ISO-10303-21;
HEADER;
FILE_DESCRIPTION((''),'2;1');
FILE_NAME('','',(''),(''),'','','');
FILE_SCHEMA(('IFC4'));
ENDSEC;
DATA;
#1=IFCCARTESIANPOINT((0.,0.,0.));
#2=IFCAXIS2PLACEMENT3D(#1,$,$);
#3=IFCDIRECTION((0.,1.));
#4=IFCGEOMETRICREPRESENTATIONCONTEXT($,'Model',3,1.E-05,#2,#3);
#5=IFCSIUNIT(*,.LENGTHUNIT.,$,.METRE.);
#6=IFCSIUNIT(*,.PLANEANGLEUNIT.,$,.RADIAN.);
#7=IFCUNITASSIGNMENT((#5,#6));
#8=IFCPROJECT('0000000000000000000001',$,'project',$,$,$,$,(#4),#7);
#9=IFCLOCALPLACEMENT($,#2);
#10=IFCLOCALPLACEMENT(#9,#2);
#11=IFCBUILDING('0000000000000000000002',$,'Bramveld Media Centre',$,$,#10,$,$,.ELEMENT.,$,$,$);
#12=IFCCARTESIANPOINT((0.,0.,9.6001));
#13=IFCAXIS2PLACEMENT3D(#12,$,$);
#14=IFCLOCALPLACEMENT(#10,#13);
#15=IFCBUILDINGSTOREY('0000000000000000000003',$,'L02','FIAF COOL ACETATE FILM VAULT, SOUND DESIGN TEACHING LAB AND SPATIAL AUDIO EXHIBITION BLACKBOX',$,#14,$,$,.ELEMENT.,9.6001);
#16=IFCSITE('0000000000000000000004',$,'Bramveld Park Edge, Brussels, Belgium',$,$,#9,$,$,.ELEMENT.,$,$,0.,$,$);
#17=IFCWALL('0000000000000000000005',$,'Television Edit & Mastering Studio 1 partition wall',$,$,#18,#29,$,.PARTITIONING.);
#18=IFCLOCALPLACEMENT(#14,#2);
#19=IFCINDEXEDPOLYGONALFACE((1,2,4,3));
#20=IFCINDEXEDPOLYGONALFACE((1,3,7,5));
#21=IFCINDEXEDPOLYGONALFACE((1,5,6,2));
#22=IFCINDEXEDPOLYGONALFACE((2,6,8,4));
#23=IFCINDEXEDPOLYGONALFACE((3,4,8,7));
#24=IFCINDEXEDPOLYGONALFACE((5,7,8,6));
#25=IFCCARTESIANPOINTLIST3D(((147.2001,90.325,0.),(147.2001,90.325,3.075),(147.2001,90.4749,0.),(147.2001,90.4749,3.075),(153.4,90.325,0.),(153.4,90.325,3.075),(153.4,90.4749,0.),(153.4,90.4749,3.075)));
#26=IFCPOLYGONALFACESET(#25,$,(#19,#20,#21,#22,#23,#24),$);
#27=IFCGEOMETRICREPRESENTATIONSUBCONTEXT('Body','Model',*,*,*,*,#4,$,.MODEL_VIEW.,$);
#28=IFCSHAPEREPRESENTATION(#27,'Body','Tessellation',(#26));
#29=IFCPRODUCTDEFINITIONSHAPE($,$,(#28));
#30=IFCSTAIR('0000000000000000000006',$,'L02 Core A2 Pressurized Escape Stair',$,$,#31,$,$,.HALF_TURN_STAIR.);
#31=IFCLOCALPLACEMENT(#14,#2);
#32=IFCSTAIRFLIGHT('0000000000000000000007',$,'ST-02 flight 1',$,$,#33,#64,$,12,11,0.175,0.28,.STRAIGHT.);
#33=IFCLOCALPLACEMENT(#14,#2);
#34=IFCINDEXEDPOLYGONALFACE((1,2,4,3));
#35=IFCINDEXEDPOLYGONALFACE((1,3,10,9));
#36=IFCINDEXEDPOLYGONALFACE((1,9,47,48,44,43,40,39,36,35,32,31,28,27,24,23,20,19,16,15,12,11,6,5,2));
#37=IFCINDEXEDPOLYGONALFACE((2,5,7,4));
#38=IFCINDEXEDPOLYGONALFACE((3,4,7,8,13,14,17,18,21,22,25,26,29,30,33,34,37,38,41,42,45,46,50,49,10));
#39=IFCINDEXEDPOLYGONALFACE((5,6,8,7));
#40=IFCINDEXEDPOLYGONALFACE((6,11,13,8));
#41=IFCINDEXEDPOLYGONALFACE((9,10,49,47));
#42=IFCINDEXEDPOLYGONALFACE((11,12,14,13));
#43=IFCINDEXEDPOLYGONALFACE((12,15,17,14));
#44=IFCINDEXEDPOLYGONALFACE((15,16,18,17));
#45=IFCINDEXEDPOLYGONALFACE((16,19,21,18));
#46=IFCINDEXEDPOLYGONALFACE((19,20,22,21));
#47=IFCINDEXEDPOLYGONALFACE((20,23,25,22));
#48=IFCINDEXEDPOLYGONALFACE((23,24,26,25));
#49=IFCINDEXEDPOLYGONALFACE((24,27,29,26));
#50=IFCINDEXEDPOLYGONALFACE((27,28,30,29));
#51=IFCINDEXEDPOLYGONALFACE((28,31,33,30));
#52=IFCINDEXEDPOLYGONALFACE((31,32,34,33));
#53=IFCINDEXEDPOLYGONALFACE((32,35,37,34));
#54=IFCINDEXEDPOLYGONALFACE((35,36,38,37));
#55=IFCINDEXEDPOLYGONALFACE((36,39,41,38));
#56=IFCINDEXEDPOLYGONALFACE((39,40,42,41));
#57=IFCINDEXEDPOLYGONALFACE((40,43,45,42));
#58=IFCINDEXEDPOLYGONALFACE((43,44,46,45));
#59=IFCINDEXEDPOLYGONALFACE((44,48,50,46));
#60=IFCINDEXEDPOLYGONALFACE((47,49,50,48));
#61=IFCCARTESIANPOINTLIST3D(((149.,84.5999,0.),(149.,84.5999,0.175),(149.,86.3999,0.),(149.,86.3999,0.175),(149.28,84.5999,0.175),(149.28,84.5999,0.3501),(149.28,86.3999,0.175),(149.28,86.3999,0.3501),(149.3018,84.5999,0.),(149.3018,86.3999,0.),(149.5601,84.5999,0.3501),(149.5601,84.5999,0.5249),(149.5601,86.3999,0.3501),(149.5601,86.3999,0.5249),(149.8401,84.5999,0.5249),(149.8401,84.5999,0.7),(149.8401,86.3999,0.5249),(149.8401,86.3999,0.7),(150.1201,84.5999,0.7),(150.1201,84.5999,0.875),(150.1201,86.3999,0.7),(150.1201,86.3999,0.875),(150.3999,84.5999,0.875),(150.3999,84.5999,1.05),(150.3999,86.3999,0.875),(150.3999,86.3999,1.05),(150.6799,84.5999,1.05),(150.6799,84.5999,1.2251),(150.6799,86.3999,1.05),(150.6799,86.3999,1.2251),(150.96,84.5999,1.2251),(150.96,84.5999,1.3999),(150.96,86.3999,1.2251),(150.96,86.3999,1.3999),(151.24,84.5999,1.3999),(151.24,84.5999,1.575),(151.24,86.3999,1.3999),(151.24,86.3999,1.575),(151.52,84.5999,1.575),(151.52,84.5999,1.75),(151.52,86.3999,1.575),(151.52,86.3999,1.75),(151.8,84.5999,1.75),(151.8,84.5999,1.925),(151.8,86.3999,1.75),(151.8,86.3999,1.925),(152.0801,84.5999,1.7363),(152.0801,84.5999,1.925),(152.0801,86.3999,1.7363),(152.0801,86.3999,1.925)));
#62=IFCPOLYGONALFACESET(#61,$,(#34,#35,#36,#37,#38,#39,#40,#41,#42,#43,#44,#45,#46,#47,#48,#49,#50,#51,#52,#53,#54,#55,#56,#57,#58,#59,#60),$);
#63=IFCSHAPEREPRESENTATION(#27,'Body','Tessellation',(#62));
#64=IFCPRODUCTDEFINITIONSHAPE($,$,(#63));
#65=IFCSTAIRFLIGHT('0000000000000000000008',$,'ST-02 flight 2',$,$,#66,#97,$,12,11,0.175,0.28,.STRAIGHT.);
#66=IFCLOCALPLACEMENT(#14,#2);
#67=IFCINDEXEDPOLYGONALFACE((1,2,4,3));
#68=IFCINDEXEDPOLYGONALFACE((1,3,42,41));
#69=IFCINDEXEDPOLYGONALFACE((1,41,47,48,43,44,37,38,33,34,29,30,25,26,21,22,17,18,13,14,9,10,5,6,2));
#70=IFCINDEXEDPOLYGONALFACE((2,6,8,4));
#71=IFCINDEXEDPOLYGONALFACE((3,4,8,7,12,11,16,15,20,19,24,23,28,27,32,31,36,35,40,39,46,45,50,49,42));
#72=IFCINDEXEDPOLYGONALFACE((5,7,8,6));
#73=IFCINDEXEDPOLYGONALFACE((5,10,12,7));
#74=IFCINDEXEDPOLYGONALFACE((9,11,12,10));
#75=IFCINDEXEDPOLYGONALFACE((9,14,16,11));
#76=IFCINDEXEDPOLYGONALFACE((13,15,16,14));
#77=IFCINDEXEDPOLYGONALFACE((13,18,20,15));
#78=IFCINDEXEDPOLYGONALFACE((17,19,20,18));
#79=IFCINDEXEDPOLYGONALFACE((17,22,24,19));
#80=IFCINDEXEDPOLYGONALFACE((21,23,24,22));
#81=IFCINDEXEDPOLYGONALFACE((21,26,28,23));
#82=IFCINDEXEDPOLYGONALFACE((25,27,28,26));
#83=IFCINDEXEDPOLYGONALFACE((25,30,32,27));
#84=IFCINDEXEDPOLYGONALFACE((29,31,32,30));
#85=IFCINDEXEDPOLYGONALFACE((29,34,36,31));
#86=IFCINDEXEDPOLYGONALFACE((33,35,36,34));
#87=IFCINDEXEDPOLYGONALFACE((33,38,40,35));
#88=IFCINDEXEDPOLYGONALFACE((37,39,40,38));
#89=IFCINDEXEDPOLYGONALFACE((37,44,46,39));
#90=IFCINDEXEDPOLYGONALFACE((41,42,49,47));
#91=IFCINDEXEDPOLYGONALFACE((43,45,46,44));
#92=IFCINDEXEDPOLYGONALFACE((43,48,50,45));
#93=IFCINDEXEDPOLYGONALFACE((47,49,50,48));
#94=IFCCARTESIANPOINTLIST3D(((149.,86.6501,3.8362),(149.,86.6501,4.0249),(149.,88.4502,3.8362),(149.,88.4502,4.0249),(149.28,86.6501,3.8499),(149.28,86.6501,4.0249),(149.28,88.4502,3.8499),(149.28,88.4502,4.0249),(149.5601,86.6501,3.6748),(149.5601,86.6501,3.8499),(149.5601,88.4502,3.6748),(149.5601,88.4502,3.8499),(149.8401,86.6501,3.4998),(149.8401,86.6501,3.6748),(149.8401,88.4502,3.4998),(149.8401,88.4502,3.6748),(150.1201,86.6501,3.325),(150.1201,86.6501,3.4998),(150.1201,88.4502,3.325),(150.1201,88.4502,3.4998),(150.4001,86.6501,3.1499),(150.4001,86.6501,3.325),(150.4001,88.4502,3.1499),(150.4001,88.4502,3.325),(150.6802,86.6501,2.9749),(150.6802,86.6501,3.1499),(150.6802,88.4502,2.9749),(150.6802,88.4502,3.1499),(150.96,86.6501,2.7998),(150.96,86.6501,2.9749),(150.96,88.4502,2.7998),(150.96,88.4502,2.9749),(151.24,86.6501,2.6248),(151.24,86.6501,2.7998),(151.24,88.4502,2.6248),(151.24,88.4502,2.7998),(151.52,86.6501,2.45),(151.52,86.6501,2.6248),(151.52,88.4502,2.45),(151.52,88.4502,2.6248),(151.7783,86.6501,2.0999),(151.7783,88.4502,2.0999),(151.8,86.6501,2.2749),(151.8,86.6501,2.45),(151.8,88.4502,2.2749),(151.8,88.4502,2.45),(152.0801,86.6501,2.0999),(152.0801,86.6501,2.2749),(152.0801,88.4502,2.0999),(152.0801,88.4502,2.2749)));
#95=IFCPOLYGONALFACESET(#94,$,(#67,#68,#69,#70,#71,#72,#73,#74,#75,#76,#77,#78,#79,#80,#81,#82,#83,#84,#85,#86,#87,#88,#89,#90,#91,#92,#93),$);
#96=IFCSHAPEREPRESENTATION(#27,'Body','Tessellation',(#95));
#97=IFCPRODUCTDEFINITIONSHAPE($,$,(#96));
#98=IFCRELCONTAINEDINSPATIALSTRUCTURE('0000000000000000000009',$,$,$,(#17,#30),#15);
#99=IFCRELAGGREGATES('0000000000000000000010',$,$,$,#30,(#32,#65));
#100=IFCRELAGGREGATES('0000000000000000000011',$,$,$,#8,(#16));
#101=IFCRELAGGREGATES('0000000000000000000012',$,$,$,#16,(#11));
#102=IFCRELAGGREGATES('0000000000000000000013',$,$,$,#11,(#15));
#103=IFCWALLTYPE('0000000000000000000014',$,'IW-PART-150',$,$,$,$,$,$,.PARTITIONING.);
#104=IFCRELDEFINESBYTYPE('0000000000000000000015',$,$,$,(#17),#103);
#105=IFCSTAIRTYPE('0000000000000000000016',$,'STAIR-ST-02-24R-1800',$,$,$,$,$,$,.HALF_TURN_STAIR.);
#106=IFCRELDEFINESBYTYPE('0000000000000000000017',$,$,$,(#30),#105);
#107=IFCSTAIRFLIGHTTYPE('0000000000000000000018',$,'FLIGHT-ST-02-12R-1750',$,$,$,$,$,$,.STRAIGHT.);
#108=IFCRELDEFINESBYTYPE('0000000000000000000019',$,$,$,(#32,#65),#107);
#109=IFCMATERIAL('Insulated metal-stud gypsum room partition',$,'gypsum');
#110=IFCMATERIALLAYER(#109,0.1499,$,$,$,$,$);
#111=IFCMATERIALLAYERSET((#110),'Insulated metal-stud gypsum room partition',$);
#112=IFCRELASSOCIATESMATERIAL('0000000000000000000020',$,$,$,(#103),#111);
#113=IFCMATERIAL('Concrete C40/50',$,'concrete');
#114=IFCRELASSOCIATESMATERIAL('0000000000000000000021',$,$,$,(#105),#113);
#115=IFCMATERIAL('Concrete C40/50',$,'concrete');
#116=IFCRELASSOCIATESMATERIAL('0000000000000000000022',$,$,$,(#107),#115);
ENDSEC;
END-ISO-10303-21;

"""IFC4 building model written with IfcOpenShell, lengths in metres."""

from ifc_helpers import new_model, si_unit, direction, frame, frame_2d, origin, place, context, subcontext, project, spatial, polyline, rectangle, outline, extrude, material, layer, layer_set, type_object, element, aggregate, save


model = new_model("IFC4")

# Units and contexts
model_context = context("Model", 3, precision=1e-05, world=origin(), true_north=direction((0.0, 1.0)))
body_context = subcontext(model_context, "Body", "Model", "MODEL_VIEW")
ifc_project = project(units=[si_unit("LENGTHUNIT", "METRE"), si_unit("PLANEANGLEUNIT", "RADIAN")], contexts=[model_context])

# Site, building, storey
site_placement = place(None, origin())
site = spatial("IfcSite", under=ifc_project, at=site_placement, Name="Bramveld Park Edge, Brussels, Belgium", CompositionType="ELEMENT", RefElevation=0.0)
building_placement = place(site_placement, origin())
building = spatial("IfcBuilding", under=site, at=building_placement, Name="Bramveld Media Centre", CompositionType="ELEMENT")
storey_placement = place(building_placement, frame((0.0, 0.0, 9.6001)))
storey = spatial("IfcBuildingStorey", under=building, at=storey_placement, Name="L02", Description="FIAF COOL ACETATE FILM VAULT, SOUND DESIGN TEACHING LAB AND SPATIAL AUDIO EXHIBITION BLACKBOX", CompositionType="ELEMENT", Elevation=9.6001)

# Wall
ifc_material_1 = material(Name="Insulated metal-stud gypsum room partition", Category="gypsum")
ifc_layer_1 = layer(ifc_material_1, 0.1499)
ifc_layer_set_1 = layer_set([ifc_layer_1], Name="Insulated metal-stud gypsum room partition")
wall_type_1 = type_object("IfcWallType", Name="IW-PART-150", PredefinedType="PARTITIONING", material=ifc_layer_set_1)
wall_1_placement = place(storey_placement, frame((147.2, 90.3999, 0.0), z_axis=(0.0, 0.0, 1.0), x_axis=(1.0, 0.0, 0.0)))
element("IfcWall", 1, at=wall_1_placement, inside=storey, type_object=wall_type_1, Name="Television Edit & Mastering Studio 1 partition wall", PredefinedType="PARTITIONING", context=body_context, shape_type="SweptSolid", body=[
    extrude(rectangle(XDim=6.2, YDim=0.1499, at=frame_2d((3.1001, 0.0))), origin(), (0.0, 0.0, 1.0), 3.075),
])

# Stair, stair flights
ifc_material_2 = material(Name="Concrete C40/50", Category="concrete")
stair_type = type_object("IfcStairType", Name="STAIR-ST-02-24R-1800", PredefinedType="HALF_TURN_STAIR", material=ifc_material_2)
stair_placement = place(storey_placement, origin())
stair = element("IfcStair", 2, at=stair_placement, inside=storey, type_object=stair_type, Name="L02 Core A2 Pressurized Escape Stair", PredefinedType="HALF_TURN_STAIR")
ifc_material_3 = material(Name="Concrete C40/50", Category="concrete")
stair_flight_type = type_object("IfcStairFlightType", Name="FLIGHT-ST-02-12R-1750", PredefinedType="STRAIGHT", material=ifc_material_3)
stair_flight_1_placement = place(storey_placement, frame((149.0, 85.5, 0.0), z_axis=(0.0, 0.0, 1.0), x_axis=(1.0, 0.0, 0.0)))
stair_flight_1 = element("IfcStairFlight", 3, at=stair_flight_1_placement, type_object=stair_flight_type, Name="ST-02 flight 1", NumberOfRisers=12, NumberOfTreads=11, PredefinedType="STRAIGHT", RiserHeight=0.175, TreadLength=0.28, context=body_context, shape_type="SweptSolid", body=[
    extrude(outline(polyline([(0.0, 0.0), (0.0, 0.175), (0.28, 0.175), (0.28, 0.3501), (0.5601, 0.3501), (0.5601, 0.5249), (0.8401, 0.5249), (0.8401, 0.7), (1.1201, 0.7), (1.1201, 0.875), (1.3999, 0.875), (1.3999, 1.05), (1.6799, 1.05), (1.6799, 1.2251), (1.96, 1.2251), (1.96, 1.3999), (2.24, 1.3999), (2.24, 1.575), (2.52, 1.575), (2.52, 1.75), (2.8, 1.75), (2.8, 1.925), (3.0801, 1.925), (3.0801, 2.1001), (3.0801, 1.7363), (0.3018, 0.0), (0.0, 0.0)])), frame((0.0, 0.8999, 0.0), z_axis=(0.0, -1.0, 0.0), x_axis=(1.0, 0.0, 0.0)), (0.0, 0.0, 1.0), 1.8),
])
stair_flight_2_placement = place(storey_placement, frame((152.0801, 87.55, 2.0999), z_axis=(0.0, 0.0, 1.0), x_axis=(-1.0, 0.0, 0.0)))
stair_flight_2 = element("IfcStairFlight", 4, at=stair_flight_2_placement, type_object=stair_flight_type, Name="ST-02 flight 2", NumberOfRisers=12, NumberOfTreads=11, PredefinedType="STRAIGHT", RiserHeight=0.175, TreadLength=0.28, context=body_context, shape_type="SweptSolid", body=[
    extrude(outline(polyline([(0.0, 0.0), (0.0, 0.175), (0.28, 0.175), (0.28, 0.3501), (0.5601, 0.3501), (0.5601, 0.5249), (0.8401, 0.5249), (0.8401, 0.7), (1.1201, 0.7), (1.1201, 0.875), (1.3999, 0.875), (1.3999, 1.05), (1.6799, 1.05), (1.6799, 1.2251), (1.96, 1.2251), (1.96, 1.3999), (2.24, 1.3999), (2.24, 1.575), (2.52, 1.575), (2.52, 1.75), (2.8, 1.75), (2.8, 1.925), (3.0801, 1.925), (3.0801, 2.1001), (3.0801, 1.7363), (0.3018, 0.0), (0.0, 0.0)])), frame((0.0, 0.8999, 0.0), z_axis=(0.0, -1.0, 0.0), x_axis=(1.0, 0.0, 0.0)), (0.0, 0.0, 1.0), 1.8),
])
aggregate(stair, [stair_flight_1, stair_flight_2])

save(model, "model.ifc")
